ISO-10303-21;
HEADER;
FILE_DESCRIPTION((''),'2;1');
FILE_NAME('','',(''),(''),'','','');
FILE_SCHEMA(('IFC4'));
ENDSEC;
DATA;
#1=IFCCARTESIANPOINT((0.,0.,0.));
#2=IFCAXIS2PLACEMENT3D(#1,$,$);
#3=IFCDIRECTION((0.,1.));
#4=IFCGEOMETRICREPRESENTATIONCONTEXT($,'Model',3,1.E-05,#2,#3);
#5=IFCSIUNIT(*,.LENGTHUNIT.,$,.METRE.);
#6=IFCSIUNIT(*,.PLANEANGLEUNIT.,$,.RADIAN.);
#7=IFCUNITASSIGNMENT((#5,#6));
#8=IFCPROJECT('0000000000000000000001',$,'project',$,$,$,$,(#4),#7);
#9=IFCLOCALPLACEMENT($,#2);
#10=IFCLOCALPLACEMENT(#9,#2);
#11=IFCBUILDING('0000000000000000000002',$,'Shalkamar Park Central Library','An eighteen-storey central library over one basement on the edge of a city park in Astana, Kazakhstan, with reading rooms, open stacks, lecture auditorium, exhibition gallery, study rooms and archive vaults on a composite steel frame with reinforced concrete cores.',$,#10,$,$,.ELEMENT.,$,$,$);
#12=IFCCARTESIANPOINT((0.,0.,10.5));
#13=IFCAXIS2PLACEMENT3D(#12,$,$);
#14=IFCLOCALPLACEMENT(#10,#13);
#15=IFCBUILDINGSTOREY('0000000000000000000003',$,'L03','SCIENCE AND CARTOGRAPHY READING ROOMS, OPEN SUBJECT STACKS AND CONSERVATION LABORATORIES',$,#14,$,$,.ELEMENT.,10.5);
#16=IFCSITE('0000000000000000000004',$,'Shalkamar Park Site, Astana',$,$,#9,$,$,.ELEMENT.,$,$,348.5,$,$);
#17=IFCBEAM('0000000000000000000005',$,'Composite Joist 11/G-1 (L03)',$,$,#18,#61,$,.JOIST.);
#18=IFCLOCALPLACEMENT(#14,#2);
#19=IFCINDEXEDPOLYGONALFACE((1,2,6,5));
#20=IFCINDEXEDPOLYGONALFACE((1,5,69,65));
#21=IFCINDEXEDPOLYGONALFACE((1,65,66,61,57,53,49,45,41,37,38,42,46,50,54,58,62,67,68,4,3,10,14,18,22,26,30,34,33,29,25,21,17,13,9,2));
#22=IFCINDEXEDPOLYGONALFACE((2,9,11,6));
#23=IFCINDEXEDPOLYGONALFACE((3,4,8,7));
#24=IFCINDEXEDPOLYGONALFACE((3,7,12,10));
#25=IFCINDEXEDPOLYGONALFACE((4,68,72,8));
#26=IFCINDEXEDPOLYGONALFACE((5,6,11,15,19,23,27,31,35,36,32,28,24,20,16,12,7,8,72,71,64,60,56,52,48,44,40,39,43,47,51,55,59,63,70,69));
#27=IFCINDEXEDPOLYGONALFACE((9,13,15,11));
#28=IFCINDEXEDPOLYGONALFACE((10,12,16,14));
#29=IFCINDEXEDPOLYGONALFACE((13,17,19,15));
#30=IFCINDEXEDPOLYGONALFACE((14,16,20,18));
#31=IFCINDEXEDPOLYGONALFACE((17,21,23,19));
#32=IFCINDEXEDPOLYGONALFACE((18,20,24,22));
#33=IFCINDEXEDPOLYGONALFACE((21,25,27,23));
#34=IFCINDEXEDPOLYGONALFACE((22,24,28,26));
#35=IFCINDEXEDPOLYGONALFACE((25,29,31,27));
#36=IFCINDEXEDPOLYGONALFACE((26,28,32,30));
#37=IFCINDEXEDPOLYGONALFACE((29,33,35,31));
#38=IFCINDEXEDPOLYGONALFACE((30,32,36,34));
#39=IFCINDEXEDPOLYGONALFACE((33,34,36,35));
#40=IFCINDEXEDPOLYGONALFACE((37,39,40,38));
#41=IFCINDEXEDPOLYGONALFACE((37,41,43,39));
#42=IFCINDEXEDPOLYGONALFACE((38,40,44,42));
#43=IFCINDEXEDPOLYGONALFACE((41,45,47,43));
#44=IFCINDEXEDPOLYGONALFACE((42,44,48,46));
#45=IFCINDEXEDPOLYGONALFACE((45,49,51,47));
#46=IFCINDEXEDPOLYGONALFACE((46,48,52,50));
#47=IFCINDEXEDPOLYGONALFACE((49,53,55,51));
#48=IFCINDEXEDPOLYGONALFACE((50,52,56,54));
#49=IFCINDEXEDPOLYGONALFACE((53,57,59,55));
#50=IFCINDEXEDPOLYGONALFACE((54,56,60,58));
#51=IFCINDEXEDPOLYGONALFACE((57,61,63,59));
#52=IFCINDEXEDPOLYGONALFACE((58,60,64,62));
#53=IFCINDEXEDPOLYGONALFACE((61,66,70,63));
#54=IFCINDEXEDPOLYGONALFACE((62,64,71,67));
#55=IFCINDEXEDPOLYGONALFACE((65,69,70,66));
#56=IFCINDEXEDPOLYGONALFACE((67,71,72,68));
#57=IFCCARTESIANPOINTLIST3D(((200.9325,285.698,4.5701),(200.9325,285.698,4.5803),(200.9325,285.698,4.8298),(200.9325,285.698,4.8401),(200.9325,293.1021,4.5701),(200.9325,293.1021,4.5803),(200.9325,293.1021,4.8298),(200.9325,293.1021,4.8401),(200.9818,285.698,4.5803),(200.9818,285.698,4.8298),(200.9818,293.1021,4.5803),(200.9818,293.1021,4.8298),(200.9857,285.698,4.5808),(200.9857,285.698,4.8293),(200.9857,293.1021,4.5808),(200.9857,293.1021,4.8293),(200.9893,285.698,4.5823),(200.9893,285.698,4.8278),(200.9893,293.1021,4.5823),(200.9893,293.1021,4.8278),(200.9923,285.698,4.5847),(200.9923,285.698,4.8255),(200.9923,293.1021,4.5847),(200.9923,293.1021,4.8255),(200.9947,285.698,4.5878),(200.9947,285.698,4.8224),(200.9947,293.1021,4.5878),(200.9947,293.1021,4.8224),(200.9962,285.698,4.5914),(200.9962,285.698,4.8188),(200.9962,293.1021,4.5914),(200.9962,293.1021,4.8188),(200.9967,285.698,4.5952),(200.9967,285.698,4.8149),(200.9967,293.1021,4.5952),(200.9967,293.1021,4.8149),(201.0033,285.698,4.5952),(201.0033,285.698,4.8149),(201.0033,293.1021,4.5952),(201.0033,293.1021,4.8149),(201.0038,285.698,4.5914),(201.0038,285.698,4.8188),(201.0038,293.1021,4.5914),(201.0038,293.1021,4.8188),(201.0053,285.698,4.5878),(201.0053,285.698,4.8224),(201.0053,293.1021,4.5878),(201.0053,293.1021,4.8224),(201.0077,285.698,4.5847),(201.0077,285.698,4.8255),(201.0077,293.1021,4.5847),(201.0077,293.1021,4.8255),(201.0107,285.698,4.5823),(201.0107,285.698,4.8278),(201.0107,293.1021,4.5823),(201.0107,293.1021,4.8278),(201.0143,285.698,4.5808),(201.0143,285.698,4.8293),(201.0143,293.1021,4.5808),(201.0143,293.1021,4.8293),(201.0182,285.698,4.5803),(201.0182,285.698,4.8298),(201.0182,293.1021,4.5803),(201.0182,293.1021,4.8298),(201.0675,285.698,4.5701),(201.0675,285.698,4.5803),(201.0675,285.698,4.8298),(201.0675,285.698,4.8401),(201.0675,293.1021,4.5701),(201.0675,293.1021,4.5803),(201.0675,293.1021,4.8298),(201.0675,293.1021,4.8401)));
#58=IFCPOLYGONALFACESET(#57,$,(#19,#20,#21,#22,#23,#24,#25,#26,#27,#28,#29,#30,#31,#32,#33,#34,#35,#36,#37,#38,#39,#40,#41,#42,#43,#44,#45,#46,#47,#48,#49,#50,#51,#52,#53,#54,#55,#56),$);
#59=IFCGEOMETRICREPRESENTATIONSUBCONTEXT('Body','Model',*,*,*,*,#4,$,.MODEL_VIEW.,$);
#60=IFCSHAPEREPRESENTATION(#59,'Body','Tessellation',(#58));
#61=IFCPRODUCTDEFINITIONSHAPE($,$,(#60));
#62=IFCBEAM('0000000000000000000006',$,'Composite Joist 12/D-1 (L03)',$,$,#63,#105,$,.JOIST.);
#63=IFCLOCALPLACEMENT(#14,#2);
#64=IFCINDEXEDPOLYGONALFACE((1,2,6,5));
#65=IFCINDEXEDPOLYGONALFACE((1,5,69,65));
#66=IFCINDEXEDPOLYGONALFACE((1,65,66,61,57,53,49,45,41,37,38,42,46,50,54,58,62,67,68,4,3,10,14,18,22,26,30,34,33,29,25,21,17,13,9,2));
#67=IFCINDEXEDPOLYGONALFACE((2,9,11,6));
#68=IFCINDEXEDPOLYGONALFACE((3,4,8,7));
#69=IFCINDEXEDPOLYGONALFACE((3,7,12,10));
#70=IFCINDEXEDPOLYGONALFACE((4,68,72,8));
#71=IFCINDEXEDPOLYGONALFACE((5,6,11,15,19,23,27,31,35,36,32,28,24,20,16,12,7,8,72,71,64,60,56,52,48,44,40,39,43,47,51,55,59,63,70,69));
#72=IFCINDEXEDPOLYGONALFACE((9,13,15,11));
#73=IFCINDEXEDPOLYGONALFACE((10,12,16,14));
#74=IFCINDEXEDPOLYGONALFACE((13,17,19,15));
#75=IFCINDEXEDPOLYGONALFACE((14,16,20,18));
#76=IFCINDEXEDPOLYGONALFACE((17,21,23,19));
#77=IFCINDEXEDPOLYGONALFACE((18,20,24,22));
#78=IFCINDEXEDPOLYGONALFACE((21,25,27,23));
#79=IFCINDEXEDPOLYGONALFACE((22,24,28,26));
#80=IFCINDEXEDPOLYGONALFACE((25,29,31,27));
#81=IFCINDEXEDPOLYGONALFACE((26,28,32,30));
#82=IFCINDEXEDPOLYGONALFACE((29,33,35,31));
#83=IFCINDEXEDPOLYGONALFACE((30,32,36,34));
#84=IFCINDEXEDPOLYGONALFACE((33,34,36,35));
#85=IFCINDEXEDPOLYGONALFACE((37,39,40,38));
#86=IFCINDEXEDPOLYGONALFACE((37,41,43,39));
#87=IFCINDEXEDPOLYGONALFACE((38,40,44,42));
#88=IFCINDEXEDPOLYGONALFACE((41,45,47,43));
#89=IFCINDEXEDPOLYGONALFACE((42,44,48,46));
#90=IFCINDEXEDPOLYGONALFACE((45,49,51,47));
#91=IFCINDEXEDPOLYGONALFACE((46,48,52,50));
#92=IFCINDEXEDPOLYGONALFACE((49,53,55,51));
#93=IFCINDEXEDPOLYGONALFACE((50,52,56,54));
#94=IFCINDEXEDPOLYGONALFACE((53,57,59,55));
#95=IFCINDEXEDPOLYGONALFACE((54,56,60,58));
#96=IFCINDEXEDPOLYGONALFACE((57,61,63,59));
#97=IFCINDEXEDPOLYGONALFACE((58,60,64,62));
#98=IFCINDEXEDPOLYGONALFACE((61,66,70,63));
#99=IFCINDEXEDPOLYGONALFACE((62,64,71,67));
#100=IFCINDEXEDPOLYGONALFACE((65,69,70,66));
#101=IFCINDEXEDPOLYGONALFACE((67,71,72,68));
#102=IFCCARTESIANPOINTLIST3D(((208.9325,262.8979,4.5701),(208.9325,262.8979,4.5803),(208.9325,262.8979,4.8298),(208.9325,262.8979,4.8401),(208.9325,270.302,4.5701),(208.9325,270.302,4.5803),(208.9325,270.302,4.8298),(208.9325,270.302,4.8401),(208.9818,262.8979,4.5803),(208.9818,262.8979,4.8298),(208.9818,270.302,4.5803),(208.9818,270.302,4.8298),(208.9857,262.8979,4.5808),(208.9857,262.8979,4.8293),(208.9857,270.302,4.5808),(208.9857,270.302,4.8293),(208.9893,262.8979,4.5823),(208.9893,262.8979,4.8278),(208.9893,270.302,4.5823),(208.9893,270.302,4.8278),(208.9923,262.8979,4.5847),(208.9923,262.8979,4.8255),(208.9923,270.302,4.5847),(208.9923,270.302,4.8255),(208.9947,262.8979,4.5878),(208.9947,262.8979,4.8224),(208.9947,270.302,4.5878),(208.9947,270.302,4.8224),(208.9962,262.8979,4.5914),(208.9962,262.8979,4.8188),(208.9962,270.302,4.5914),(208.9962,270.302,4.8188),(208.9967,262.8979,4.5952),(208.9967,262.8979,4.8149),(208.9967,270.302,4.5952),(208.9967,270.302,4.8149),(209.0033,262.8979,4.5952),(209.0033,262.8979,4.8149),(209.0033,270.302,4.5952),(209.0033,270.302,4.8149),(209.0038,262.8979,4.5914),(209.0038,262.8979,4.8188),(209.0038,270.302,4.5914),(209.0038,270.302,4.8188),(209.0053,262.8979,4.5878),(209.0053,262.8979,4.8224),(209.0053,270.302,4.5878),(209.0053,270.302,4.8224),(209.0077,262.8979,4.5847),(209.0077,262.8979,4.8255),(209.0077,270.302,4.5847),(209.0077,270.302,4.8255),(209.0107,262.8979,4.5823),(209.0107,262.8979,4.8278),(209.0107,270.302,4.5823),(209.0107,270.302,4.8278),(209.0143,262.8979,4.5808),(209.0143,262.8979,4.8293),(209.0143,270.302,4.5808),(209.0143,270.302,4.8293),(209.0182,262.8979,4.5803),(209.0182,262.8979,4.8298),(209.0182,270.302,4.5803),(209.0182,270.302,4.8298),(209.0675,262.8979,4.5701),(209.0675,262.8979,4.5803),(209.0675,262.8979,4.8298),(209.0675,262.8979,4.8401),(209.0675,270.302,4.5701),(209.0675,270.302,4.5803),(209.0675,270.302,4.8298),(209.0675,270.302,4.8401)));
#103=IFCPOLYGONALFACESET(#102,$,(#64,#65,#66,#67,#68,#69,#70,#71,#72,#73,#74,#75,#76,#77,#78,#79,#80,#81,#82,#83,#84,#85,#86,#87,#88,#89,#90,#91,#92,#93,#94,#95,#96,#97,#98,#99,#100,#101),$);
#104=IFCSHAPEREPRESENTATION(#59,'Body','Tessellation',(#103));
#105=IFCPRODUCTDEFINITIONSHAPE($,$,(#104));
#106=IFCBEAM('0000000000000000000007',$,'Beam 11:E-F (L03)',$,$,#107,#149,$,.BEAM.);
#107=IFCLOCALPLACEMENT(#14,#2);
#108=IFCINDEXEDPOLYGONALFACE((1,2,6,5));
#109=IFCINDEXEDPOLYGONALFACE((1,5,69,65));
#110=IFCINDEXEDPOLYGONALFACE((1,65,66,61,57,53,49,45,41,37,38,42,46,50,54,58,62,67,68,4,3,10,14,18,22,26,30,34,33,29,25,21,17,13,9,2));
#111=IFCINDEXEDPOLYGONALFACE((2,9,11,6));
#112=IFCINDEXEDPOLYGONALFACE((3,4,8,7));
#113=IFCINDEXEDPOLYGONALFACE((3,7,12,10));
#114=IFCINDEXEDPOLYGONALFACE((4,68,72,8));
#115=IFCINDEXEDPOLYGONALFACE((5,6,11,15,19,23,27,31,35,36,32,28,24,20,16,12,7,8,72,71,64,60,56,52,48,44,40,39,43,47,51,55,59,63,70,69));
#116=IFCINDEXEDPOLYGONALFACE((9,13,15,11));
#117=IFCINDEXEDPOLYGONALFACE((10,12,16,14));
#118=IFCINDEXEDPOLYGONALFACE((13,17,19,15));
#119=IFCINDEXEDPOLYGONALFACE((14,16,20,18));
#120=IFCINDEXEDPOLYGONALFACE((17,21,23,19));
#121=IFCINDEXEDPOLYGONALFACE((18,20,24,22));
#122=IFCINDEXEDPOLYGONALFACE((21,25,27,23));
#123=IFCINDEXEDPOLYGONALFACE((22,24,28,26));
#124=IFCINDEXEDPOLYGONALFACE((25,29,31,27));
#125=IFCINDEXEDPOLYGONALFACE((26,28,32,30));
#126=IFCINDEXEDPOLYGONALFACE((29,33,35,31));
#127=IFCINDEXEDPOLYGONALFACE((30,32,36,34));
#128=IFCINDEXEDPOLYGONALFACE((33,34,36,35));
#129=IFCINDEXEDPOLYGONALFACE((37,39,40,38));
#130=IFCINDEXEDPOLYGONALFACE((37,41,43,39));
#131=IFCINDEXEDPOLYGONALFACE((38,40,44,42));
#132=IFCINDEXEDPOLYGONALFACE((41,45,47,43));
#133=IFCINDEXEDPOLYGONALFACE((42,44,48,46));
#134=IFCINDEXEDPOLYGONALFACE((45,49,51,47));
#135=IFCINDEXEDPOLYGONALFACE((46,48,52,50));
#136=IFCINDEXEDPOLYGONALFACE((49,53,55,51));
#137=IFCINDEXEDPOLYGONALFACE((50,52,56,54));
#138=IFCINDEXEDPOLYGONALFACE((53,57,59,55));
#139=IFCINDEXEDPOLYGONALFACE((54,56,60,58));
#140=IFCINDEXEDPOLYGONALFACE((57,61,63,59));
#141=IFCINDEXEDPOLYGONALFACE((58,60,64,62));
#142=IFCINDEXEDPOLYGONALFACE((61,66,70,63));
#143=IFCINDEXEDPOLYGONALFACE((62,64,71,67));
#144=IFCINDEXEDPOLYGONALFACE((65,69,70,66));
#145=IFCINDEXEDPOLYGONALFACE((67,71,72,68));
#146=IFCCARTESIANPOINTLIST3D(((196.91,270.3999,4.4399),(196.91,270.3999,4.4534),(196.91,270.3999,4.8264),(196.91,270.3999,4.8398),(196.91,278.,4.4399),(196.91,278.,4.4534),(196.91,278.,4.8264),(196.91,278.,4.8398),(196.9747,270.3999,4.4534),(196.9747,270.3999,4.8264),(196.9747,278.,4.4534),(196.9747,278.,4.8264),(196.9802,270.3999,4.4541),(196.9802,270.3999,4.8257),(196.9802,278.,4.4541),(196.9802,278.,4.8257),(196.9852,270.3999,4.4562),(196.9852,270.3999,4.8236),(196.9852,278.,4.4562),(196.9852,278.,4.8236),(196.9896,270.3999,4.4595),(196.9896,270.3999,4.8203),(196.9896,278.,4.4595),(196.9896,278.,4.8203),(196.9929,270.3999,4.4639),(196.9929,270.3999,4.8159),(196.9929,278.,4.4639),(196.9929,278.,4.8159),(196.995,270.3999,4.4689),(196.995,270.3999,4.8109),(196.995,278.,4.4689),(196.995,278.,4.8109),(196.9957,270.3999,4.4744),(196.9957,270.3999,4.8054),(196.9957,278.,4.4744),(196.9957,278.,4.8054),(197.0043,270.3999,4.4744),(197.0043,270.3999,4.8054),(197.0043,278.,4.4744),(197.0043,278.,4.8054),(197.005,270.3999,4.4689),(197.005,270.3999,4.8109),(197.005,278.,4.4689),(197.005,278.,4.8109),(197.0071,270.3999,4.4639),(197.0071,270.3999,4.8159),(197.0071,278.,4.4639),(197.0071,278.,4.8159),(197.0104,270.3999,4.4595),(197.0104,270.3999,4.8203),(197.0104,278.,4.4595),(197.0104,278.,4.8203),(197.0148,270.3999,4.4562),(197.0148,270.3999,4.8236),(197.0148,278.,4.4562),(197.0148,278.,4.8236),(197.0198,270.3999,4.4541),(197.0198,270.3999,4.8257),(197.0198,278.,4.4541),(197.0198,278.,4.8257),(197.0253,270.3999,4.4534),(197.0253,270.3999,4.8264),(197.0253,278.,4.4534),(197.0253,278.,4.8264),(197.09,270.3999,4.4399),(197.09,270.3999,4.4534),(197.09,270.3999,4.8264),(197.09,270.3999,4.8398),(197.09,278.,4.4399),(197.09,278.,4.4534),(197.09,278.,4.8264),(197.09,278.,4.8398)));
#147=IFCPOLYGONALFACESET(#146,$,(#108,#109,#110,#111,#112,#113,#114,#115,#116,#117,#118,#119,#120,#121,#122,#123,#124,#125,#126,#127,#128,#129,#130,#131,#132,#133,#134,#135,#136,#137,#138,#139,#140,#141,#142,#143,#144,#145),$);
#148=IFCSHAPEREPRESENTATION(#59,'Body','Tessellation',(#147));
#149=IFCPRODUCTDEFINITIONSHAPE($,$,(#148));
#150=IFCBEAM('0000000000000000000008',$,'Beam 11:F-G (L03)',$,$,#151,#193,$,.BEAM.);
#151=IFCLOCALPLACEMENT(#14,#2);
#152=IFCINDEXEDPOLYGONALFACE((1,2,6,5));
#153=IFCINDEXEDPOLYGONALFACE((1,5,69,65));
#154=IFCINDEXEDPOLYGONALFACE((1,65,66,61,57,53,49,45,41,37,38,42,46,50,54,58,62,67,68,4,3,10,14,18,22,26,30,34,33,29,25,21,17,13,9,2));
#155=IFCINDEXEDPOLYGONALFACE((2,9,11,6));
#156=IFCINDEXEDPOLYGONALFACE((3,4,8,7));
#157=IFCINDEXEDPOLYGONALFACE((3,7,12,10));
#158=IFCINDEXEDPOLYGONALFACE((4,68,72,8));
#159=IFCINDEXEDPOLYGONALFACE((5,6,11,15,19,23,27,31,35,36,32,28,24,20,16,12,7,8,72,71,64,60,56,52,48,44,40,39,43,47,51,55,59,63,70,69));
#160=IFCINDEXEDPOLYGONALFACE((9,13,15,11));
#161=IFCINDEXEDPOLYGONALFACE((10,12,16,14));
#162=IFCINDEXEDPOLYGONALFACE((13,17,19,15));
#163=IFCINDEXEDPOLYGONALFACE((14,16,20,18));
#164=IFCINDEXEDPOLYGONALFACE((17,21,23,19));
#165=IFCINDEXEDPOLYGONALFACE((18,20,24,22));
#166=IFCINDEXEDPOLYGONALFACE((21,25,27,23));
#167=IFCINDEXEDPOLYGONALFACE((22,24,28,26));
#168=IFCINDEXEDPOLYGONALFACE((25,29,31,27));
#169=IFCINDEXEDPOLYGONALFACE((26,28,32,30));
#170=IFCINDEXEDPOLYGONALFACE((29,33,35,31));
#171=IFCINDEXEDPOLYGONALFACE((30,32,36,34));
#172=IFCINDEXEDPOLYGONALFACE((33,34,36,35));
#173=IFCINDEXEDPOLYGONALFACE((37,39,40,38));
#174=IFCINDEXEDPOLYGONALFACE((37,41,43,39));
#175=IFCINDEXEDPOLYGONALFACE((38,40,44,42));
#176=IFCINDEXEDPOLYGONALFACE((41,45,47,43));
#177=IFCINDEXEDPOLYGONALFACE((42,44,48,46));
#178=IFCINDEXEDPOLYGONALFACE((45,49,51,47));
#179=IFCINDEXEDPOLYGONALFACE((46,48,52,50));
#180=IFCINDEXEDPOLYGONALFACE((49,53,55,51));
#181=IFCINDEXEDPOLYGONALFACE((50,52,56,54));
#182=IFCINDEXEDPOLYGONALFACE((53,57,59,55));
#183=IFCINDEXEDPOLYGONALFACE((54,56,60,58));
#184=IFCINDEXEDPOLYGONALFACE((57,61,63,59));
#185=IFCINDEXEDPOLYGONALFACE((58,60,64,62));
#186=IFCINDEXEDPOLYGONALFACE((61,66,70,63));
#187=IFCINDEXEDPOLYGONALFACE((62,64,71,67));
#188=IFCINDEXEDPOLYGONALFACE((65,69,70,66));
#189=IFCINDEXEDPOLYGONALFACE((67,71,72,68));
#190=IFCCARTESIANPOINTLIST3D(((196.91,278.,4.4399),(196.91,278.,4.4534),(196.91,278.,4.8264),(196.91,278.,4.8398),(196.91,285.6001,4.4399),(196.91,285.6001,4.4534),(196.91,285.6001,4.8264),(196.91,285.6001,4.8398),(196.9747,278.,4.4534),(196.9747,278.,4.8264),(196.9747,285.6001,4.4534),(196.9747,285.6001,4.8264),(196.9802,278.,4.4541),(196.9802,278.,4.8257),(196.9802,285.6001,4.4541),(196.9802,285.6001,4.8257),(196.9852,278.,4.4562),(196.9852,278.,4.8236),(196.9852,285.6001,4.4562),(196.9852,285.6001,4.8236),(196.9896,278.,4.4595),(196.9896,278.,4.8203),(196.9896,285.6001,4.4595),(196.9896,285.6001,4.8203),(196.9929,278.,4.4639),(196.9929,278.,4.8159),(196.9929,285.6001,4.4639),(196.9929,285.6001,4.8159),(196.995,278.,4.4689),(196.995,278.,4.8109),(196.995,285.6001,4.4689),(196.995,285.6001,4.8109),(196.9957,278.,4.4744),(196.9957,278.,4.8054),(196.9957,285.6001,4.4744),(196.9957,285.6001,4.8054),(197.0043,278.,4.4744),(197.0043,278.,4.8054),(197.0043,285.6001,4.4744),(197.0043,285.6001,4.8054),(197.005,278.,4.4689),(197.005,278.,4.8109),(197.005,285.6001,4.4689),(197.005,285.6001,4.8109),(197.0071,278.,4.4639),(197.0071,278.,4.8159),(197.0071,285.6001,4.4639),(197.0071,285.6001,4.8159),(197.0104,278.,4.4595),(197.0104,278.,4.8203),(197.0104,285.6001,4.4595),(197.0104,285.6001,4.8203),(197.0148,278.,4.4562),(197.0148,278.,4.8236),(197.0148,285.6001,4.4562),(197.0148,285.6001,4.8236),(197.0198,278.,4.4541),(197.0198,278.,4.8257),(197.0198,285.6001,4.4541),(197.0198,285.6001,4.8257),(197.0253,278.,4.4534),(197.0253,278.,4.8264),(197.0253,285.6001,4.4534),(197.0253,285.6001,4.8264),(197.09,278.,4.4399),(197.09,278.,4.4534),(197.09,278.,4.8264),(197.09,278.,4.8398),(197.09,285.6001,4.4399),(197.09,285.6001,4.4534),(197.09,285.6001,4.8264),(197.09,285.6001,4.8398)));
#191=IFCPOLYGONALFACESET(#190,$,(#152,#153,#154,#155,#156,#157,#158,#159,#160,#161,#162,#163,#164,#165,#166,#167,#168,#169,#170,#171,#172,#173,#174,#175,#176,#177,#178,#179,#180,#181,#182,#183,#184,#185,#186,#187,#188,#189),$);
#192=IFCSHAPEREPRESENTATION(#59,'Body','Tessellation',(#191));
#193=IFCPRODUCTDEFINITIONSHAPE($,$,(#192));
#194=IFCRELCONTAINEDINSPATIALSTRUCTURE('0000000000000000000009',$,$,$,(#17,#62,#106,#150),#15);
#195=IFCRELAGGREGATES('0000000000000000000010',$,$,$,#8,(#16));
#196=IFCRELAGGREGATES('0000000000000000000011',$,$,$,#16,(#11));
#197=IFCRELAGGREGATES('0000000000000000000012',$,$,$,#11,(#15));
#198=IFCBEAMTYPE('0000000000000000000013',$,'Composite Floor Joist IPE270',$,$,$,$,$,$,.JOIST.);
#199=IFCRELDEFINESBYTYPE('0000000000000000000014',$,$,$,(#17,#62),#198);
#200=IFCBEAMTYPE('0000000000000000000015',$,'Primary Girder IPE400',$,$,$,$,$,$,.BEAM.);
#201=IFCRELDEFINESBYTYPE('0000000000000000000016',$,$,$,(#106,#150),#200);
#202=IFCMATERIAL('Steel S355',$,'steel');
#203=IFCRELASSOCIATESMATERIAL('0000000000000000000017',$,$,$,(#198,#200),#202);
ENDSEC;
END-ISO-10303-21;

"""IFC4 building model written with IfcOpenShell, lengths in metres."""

from ifc_helpers import new_model, si_unit, direction, frame, origin, origin_2d, place, context, subcontext, project, spatial, i_section, extrude, material, material_profile, profile_set, type_object, element, save


model = new_model("IFC4")

# Units and contexts
model_context = context("Model", 3, precision=1e-05, world=origin(), true_north=direction((0.0, 1.0)))
body_context = subcontext(model_context, "Body", "Model", "MODEL_VIEW")
ifc_project = project(units=[si_unit("LENGTHUNIT", "METRE"), si_unit("PLANEANGLEUNIT", "RADIAN")], contexts=[model_context])

# Site, building, storey
site_placement = place(None, origin())
site = spatial("IfcSite", under=ifc_project, at=site_placement, Name="Shalkamar Park Site, Astana", CompositionType="ELEMENT", RefElevation=348.5)
building_placement = place(site_placement, origin())
building = spatial("IfcBuilding", under=site, at=building_placement, Name="Shalkamar Park Central Library", Description="An eighteen-storey central library over one basement on the edge of a city park in Astana, Kazakhstan, with reading rooms, open stacks, lecture auditorium, exhibition gallery, study rooms and archive vaults on a composite steel frame with reinforced concrete cores.", CompositionType="ELEMENT")
storey_placement = place(building_placement, frame((0.0, 0.0, 10.5)))
storey = spatial("IfcBuildingStorey", under=building, at=storey_placement, Name="L03", Description="SCIENCE AND CARTOGRAPHY READING ROOMS, OPEN SUBJECT STACKS AND CONSERVATION LABORATORIES", CompositionType="ELEMENT", Elevation=10.5)

# Shared definitions
ifc_material = material(Name="Steel S355", Category="steel")

# Beams
ifc_material_profile_1 = material_profile(ifc_material, i_section(OverallWidth=0.135, OverallDepth=0.27, WebThickness=0.0066, FlangeThickness=0.0103, FilletRadius=0.0149, at=origin_2d()), Name="IPE 270")
ifc_profile_set_1 = profile_set([ifc_material_profile_1], Name="Steel S355")
beam_type_1 = type_object("IfcBeamType", Name="Composite Floor Joist IPE270", PredefinedType="JOIST", material=ifc_profile_set_1)
for number, where, z_axis, x_axis, name in (
    (1, (201.0, 285.698, 4.7051), (0.0, 1.0, 0.0), (-1.0, 0.0, 0.0), "Composite Joist 11/G-1 (L03)"),
    (2, (209.0, 262.8979, 4.7051), (0.0, 1.0, 0.0), (-1.0, 0.0, 0.0), "Composite Joist 12/D-1 (L03)"),
):
    element("IfcBeam", number, at=place(storey_placement, frame(where, z_axis=z_axis, x_axis=x_axis)), inside=storey, type_object=beam_type_1, Name=name, PredefinedType="JOIST", context=body_context, shape_type="SweptSolid", body=[
        extrude(i_section(OverallWidth=0.135, OverallDepth=0.27, WebThickness=0.0066, FlangeThickness=0.0103, FilletRadius=0.0149, at=origin_2d()), origin(), (0.0, 0.0, 1.0), 7.4041),
    ])
ifc_material_profile_2 = material_profile(ifc_material, i_section(OverallWidth=0.1799, OverallDepth=0.3999, WebThickness=0.0085, FlangeThickness=0.0134, FilletRadius=0.021, at=origin_2d()), Name="IPE 400")
ifc_profile_set_2 = profile_set([ifc_material_profile_2], Name="Steel S355")
beam_type_2 = type_object("IfcBeamType", Name="Primary Girder IPE400", PredefinedType="BEAM", material=ifc_profile_set_2)
for number, where, z_axis, x_axis, name in (
    (3, (197.0, 270.3999, 4.6399), (0.0, 1.0, 0.0), (-1.0, 0.0, 0.0), "Beam 11:E-F (L03)"),
    (4, (197.0, 278.0, 4.6399), (0.0, 1.0, 0.0), (-1.0, 0.0, 0.0), "Beam 11:F-G (L03)"),
):
    element("IfcBeam", number, at=place(storey_placement, frame(where, z_axis=z_axis, x_axis=x_axis)), inside=storey, type_object=beam_type_2, Name=name, PredefinedType="BEAM", context=body_context, shape_type="SweptSolid", body=[
        extrude(i_section(OverallWidth=0.1799, OverallDepth=0.3999, WebThickness=0.0085, FlangeThickness=0.0134, FilletRadius=0.021, at=origin_2d()), origin(), (0.0, 0.0, 1.0), 7.6001),
    ])

save(model, "model.ifc")
